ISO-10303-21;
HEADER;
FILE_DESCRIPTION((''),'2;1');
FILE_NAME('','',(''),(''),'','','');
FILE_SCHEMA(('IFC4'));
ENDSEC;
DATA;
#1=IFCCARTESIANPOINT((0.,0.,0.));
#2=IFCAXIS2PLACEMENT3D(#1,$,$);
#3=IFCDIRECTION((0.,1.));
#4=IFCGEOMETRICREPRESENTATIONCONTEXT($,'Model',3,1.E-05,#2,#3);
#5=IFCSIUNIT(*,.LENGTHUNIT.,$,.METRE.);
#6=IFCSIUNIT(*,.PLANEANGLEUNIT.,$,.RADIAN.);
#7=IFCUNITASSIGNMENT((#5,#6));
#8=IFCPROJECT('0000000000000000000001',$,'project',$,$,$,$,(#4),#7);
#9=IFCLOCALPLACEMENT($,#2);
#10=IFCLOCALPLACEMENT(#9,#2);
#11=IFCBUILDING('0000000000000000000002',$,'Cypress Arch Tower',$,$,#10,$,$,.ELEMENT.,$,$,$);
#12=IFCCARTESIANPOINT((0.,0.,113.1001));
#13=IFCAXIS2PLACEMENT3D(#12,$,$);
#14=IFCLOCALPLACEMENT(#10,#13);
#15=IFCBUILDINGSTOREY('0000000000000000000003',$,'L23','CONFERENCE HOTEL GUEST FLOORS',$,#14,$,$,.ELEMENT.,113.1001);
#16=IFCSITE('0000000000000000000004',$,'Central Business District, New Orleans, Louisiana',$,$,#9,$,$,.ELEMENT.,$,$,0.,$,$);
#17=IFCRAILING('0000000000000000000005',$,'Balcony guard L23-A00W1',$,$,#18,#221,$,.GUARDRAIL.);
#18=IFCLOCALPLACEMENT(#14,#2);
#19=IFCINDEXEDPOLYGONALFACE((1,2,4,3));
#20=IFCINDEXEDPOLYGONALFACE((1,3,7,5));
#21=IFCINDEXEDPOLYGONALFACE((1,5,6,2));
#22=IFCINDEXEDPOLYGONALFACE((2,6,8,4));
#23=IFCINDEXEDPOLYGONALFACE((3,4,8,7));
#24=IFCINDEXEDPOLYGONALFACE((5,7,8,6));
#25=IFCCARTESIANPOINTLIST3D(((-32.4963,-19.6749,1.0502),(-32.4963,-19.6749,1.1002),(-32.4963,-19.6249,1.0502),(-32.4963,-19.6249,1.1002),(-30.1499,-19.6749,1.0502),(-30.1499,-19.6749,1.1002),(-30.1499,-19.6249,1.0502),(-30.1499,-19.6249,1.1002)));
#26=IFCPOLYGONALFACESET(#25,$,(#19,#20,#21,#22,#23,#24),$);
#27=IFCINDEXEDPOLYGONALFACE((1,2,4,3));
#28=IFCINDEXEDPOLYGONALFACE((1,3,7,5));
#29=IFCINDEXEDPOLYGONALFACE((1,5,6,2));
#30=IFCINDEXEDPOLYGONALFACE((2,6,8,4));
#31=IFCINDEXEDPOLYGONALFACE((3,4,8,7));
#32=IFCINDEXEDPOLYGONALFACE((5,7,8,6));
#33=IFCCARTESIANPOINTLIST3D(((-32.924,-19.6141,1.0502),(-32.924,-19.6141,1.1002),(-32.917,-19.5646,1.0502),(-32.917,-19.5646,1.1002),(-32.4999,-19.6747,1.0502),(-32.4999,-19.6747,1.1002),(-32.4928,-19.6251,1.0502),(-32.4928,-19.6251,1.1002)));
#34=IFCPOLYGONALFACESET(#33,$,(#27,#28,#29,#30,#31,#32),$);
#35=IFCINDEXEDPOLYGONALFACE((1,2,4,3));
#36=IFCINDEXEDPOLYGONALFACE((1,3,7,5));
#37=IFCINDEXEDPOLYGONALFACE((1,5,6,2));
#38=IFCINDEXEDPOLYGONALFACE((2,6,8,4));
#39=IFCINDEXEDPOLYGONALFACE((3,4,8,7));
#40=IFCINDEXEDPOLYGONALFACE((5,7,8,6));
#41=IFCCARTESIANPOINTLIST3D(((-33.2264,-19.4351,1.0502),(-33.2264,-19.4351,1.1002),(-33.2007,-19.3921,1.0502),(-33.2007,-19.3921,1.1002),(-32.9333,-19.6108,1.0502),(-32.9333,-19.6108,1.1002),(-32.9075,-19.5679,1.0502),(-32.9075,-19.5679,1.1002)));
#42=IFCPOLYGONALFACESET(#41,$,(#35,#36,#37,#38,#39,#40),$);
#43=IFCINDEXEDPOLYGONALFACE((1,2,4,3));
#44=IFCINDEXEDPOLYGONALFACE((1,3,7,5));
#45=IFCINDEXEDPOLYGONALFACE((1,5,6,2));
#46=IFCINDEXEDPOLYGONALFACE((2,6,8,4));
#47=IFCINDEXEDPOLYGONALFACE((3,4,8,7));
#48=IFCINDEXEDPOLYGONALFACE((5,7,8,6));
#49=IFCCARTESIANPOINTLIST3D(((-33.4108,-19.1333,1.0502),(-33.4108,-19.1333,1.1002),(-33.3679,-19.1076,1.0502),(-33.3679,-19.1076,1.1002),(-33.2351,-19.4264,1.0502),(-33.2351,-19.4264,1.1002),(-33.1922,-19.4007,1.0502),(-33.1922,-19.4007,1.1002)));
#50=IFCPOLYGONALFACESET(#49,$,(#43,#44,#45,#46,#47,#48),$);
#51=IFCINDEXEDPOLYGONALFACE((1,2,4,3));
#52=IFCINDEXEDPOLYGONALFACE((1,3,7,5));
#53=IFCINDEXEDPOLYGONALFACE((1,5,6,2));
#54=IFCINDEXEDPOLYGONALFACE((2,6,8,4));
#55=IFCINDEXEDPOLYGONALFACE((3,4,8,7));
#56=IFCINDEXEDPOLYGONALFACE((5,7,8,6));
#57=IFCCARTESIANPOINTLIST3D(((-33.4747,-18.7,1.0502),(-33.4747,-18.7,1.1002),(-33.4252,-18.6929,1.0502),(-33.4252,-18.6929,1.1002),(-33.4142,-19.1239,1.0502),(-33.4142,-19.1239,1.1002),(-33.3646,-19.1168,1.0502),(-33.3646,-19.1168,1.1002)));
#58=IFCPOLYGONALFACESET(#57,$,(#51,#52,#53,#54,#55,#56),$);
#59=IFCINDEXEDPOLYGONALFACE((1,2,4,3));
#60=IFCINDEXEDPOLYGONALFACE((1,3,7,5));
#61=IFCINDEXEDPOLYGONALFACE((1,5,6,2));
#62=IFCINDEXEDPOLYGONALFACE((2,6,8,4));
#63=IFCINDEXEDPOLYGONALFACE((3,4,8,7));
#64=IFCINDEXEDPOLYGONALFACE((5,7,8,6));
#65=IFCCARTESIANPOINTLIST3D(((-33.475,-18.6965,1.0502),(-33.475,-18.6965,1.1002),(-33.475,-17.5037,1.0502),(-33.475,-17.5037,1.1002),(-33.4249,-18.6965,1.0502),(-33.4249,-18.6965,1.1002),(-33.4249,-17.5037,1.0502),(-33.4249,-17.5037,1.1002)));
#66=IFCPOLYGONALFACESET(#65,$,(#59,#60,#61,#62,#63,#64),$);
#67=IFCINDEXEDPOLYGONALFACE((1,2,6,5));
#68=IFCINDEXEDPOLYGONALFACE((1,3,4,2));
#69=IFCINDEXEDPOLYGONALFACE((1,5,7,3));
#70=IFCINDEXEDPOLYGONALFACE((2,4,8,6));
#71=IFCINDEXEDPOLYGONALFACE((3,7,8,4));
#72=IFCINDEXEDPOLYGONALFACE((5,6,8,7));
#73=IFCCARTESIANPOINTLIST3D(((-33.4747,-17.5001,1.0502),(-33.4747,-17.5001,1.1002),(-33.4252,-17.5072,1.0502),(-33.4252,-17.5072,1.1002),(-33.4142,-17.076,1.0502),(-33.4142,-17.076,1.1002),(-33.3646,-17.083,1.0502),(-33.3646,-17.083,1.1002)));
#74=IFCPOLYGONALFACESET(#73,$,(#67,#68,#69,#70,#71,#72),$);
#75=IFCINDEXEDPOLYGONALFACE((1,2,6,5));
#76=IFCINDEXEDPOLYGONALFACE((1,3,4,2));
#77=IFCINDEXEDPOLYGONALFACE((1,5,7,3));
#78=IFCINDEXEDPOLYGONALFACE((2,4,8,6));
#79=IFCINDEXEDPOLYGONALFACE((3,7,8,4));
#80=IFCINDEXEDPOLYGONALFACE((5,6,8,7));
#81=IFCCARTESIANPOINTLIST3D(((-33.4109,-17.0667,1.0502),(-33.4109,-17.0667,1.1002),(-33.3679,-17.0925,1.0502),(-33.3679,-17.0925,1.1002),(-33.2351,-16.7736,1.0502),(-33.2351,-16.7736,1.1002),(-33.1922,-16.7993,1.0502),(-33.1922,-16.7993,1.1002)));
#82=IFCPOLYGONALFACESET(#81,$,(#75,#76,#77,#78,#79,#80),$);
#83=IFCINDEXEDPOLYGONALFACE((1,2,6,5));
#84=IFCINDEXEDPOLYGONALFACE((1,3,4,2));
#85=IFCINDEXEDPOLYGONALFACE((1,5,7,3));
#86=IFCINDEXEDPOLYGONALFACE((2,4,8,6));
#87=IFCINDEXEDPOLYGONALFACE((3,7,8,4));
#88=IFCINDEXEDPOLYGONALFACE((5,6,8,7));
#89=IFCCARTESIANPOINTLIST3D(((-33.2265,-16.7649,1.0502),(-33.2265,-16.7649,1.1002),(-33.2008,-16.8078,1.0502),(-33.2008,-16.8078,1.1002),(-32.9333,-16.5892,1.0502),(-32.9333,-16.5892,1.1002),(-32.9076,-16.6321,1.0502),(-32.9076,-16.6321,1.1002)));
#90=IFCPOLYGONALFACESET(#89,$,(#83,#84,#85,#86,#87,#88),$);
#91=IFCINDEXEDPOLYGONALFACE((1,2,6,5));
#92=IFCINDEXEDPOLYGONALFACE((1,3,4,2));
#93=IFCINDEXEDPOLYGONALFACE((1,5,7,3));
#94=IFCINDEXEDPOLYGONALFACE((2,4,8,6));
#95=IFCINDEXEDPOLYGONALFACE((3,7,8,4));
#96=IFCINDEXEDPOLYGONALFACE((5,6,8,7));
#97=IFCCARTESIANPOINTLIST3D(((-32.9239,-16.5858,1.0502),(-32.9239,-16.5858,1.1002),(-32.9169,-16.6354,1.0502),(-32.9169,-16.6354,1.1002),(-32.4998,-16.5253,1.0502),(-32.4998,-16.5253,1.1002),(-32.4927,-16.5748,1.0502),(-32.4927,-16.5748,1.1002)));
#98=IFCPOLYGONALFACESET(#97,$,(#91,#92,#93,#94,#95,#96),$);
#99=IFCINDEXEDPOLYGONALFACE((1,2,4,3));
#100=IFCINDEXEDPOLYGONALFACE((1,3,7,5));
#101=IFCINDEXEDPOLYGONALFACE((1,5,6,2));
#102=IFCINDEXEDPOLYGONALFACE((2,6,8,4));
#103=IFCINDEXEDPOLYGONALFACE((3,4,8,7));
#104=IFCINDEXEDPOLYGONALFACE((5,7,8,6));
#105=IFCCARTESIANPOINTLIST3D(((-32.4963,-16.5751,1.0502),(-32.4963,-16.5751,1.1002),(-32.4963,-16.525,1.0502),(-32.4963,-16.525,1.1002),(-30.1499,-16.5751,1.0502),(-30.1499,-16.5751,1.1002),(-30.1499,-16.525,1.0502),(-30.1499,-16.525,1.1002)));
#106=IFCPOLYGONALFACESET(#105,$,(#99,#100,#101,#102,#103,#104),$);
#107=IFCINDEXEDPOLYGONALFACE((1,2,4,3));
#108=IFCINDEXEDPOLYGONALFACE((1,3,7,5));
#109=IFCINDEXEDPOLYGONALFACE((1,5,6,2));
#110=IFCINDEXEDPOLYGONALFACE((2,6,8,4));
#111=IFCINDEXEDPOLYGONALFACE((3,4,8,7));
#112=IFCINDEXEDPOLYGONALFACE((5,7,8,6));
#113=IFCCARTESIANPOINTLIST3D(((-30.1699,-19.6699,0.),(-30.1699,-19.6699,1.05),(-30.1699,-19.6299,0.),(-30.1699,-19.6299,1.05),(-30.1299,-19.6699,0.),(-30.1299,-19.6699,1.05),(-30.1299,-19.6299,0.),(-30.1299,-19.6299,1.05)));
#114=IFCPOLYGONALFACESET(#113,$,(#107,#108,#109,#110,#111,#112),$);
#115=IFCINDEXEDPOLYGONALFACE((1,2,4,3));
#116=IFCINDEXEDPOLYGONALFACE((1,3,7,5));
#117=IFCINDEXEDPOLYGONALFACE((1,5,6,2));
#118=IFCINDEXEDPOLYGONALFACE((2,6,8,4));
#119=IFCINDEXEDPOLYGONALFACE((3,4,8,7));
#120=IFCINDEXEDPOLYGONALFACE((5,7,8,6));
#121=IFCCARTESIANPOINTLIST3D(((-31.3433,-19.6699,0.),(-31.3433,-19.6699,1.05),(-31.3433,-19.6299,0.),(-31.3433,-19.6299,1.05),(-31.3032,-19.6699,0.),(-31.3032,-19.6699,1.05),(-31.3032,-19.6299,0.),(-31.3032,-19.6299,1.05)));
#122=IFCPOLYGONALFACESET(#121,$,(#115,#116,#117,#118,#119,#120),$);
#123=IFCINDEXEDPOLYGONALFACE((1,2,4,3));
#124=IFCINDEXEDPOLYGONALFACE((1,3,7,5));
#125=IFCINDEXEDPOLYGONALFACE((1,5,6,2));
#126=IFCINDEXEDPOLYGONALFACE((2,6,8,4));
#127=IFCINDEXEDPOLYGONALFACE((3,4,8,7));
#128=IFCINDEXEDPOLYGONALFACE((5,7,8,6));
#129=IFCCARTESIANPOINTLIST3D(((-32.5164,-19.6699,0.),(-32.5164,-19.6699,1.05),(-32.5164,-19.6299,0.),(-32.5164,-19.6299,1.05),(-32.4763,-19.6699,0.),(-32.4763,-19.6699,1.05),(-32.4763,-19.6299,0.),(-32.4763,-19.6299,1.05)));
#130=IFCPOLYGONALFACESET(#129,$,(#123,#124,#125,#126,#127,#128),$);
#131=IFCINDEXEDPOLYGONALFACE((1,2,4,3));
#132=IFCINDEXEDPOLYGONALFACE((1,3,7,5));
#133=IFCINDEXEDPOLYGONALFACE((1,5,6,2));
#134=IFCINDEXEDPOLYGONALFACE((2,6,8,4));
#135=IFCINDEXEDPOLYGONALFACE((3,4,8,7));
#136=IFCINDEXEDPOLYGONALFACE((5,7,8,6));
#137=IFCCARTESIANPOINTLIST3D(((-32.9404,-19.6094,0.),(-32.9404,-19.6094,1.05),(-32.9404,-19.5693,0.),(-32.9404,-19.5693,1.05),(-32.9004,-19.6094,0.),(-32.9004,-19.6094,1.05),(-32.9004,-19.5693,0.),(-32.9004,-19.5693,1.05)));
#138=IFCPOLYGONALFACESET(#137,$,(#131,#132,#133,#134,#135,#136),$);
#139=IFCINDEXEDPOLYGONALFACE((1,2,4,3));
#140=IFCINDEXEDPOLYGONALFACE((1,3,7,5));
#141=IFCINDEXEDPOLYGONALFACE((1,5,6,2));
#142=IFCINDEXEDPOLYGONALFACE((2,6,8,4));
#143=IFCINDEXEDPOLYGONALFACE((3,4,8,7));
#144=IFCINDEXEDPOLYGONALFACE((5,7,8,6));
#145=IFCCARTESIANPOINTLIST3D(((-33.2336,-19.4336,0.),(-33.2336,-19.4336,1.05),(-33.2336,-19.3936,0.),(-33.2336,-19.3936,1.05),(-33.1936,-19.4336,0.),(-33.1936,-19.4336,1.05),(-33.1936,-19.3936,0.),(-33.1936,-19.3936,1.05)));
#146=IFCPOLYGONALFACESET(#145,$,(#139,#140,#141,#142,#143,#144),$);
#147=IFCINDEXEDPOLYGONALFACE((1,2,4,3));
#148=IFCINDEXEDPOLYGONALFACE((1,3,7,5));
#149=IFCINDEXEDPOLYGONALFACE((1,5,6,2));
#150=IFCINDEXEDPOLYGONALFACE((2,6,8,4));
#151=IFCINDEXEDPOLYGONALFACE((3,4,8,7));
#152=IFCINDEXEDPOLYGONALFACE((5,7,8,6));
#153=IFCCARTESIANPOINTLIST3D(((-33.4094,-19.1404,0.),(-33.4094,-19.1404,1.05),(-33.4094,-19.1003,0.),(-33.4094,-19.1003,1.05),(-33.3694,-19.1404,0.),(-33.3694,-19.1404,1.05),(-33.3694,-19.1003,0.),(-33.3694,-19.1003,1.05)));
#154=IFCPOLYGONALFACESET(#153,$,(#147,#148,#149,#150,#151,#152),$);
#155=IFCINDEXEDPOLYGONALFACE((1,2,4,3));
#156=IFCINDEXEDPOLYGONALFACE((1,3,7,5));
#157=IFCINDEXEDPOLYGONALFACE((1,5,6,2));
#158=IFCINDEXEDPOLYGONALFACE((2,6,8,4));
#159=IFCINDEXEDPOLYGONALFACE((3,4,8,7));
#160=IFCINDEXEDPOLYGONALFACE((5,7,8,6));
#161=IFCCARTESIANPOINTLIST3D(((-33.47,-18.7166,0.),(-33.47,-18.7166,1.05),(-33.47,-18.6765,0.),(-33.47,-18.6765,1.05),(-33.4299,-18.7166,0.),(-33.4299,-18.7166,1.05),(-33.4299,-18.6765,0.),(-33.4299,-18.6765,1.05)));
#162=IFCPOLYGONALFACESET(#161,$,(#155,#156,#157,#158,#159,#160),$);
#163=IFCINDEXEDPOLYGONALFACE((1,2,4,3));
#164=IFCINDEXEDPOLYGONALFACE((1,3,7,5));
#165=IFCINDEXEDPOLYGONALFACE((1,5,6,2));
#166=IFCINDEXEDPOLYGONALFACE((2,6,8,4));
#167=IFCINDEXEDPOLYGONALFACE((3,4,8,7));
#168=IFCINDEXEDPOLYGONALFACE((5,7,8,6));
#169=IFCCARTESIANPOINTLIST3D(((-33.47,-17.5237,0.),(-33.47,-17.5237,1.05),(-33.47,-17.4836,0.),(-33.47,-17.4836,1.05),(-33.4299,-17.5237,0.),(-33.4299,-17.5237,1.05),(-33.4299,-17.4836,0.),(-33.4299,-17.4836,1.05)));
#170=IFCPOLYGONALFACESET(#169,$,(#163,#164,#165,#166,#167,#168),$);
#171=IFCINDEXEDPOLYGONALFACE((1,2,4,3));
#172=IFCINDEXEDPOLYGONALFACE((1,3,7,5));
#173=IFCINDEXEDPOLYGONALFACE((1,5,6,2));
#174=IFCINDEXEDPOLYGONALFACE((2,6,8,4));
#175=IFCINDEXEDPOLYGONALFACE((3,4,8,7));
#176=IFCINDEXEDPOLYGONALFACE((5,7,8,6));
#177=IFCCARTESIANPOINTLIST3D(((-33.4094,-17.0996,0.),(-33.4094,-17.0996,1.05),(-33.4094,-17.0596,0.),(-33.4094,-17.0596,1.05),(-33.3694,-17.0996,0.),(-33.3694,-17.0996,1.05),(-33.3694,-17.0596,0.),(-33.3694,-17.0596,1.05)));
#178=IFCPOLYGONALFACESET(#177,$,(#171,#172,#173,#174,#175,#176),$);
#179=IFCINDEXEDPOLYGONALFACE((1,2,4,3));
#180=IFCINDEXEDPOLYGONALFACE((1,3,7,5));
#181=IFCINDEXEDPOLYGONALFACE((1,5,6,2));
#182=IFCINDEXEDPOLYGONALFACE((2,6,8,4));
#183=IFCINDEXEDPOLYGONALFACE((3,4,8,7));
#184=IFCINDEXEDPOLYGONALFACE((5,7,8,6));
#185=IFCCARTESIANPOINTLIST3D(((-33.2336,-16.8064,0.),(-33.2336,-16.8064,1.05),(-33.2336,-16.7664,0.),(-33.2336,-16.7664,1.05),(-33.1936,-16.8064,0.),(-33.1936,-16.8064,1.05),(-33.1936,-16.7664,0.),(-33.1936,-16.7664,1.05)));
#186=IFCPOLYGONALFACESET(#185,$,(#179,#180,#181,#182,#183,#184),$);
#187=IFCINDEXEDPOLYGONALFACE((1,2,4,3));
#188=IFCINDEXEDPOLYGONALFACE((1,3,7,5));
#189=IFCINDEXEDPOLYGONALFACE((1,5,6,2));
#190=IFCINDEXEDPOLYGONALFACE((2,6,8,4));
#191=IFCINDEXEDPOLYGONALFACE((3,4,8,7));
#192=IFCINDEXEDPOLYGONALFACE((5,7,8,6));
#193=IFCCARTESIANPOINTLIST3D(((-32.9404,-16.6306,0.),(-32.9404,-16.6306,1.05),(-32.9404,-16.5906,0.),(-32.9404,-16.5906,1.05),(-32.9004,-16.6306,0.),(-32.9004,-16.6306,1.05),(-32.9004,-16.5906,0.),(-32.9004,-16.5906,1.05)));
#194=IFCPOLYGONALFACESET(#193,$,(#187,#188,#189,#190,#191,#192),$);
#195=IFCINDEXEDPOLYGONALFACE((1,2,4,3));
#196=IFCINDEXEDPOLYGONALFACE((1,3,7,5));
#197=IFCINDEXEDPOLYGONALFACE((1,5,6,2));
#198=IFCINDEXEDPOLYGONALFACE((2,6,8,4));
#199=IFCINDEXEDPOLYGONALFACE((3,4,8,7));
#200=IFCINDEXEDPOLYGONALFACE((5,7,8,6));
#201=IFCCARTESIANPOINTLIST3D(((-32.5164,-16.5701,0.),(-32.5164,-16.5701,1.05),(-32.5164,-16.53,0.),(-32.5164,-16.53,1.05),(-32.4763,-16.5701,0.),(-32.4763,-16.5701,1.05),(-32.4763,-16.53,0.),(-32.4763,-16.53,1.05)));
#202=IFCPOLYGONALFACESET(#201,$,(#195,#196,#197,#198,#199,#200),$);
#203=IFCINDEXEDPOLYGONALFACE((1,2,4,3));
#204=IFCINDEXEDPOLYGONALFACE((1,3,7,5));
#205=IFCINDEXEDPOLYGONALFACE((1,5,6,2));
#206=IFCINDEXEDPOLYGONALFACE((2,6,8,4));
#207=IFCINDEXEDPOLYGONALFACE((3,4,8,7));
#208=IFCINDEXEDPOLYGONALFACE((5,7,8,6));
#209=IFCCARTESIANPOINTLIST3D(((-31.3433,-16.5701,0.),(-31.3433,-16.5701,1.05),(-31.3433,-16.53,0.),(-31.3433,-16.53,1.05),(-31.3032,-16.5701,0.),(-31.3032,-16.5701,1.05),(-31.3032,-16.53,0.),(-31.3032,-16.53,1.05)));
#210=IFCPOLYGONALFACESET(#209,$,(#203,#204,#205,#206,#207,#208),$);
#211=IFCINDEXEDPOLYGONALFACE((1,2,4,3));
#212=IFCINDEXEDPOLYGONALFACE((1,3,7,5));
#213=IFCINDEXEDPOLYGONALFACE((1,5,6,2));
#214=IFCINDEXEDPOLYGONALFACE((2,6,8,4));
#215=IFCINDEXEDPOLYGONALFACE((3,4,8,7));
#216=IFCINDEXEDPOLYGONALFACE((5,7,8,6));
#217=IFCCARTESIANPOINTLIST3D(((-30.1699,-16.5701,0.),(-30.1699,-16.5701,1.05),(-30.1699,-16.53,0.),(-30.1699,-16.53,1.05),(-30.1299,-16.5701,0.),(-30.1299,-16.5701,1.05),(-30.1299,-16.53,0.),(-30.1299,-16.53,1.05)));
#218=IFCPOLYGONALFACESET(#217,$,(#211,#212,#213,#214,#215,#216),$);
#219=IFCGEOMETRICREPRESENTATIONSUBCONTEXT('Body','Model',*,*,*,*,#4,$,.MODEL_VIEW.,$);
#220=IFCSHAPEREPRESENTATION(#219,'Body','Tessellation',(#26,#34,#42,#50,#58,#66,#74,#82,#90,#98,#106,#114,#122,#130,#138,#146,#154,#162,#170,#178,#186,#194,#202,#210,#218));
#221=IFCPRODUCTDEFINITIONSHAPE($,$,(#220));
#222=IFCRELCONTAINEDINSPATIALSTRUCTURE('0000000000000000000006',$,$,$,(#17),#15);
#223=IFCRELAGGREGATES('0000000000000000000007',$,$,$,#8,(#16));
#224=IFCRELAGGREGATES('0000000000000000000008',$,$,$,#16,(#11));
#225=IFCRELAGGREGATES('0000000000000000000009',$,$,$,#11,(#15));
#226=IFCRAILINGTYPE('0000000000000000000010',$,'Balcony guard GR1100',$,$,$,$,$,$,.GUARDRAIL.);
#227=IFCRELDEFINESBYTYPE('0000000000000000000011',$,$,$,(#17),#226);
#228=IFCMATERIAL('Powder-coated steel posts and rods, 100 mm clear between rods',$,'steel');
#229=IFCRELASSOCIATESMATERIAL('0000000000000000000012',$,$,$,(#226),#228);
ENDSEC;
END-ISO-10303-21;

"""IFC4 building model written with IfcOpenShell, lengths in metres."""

from ifc_helpers import new_model, si_unit, direction, frame, origin, origin_2d, place, context, subcontext, project, spatial, rectangle, extrude, material, type_object, element, save


model = new_model("IFC4")

# Units and contexts
model_context = context("Model", 3, precision=1e-05, world=origin(), true_north=direction((0.0, 1.0)))
body_context = subcontext(model_context, "Body", "Model", "MODEL_VIEW")
ifc_project = project(units=[si_unit("LENGTHUNIT", "METRE"), si_unit("PLANEANGLEUNIT", "RADIAN")], contexts=[model_context])

# Site, building, storey
site_placement = place(None, origin())
site = spatial("IfcSite", under=ifc_project, at=site_placement, Name="Central Business District, New Orleans, Louisiana", CompositionType="ELEMENT", RefElevation=0.0)
building_placement = place(site_placement, origin())
building = spatial("IfcBuilding", under=site, at=building_placement, Name="Cypress Arch Tower", CompositionType="ELEMENT")
storey_placement = place(building_placement, frame((0.0, 0.0, 113.1001)))
storey = spatial("IfcBuildingStorey", under=building, at=storey_placement, Name="L23", Description="CONFERENCE HOTEL GUEST FLOORS", CompositionType="ELEMENT", Elevation=113.1001)

# Railing
ifc_material_1 = material(Name="Powder-coated steel posts and rods, 100 mm clear between rods", Category="steel")
railing_type = type_object("IfcRailingType", Name="Balcony guard GR1100", PredefinedType="GUARDRAIL", material=ifc_material_1)
railing_placement = place(storey_placement, frame((-30.1499, -19.6499, 0.0)))
element("IfcRailing", 1, at=railing_placement, inside=storey, type_object=railing_type, Name="Balcony guard L23-A00W1", PredefinedType="GUARDRAIL", context=body_context, shape_type="SweptSolid", body=[
    extrude(rectangle(XDim=0.05, YDim=0.05, at=origin_2d()), frame((0.0, 0.0, 1.0752), z_axis=(-1.0, 0.0, 0.0), x_axis=(0.0, -1.0, 0.0)), (0.0, 0.0, 1.0), 2.3464),
    extrude(rectangle(XDim=0.05, YDim=0.05, at=origin_2d()), frame((-2.3464, 0.0, 1.0752), z_axis=(-0.989961, 0.141342, 0.0), x_axis=(-0.141342, -0.989961, 0.0)), (0.0, 0.0, 1.0), 0.4285),
    extrude(rectangle(XDim=0.05, YDim=0.05, at=origin_2d()), frame((-2.7705, 0.0605, 1.0752), z_axis=(-0.857682, 0.514181, 0.0), x_axis=(-0.514181, -0.857682, 0.0)), (0.0, 0.0, 1.0), 0.3418),
    extrude(rectangle(XDim=0.05, YDim=0.05, at=origin_2d()), frame((-3.0637, 0.2363, 1.0752), z_axis=(-0.514181, 0.857682, 0.0), x_axis=(-0.857682, -0.514181, 0.0)), (0.0, 0.0, 1.0), 0.3418),
    extrude(rectangle(XDim=0.05, YDim=0.05, at=origin_2d()), frame((-3.2395, 0.5295, 1.0752), z_axis=(-0.141421, 0.989949, 0.0), x_axis=(-0.989949, -0.141421, 0.0)), (0.0, 0.0, 1.0), 0.4282),
    extrude(rectangle(XDim=0.05, YDim=0.05, at=origin_2d()), frame((-3.3, 0.9534, 1.0752), z_axis=(0.0, 1.0, 0.0), x_axis=(-1.0, 0.0, 0.0)), (0.0, 0.0, 1.0), 1.1929),
    extrude(rectangle(XDim=0.05, YDim=0.05, at=origin_2d()), frame((-3.3, 2.1462, 1.0752), z_axis=(0.141342, 0.989961, 0.0), x_axis=(-0.989961, 0.141342, 0.0)), (0.0, 0.0, 1.0), 0.4285),
    extrude(rectangle(XDim=0.05, YDim=0.05, at=origin_2d()), frame((-3.2395, 2.5703, 1.0752), z_axis=(0.514181, 0.857682, 0.0), x_axis=(-0.857682, 0.514181, 0.0)), (0.0, 0.0, 1.0), 0.3418),
    extrude(rectangle(XDim=0.05, YDim=0.05, at=origin_2d()), frame((-3.0637, 2.8635, 1.0752), z_axis=(0.857682, 0.514181, 0.0), x_axis=(-0.514181, 0.857682, 0.0)), (0.0, 0.0, 1.0), 0.3418),
    extrude(rectangle(XDim=0.05, YDim=0.05, at=origin_2d()), frame((-2.7705, 3.0393, 1.0752), z_axis=(0.989961, 0.141342, 0.0), x_axis=(-0.141342, 0.989961, 0.0)), (0.0, 0.0, 1.0), 0.4285),
    extrude(rectangle(XDim=0.05, YDim=0.05, at=origin_2d()), frame((-2.3464, 3.0999, 1.0752), z_axis=(1.0, 0.0, 0.0), x_axis=(0.0, 1.0, 0.0)), (0.0, 0.0, 1.0), 2.3464),
    extrude(rectangle(XDim=0.04, YDim=0.04, at=origin_2d()), origin(), (0.0, 0.0, 1.0), 1.05),
    extrude(rectangle(XDim=0.04, YDim=0.04, at=origin_2d()), frame((-1.1733, 0.0, 0.0)), (0.0, 0.0, 1.0), 1.05),
    extrude(rectangle(XDim=0.04, YDim=0.04, at=origin_2d()), frame((-2.3464, 0.0, 0.0)), (0.0, 0.0, 1.0), 1.05),
    extrude(rectangle(XDim=0.04, YDim=0.04, at=origin_2d()), frame((-2.7705, 0.0605, 0.0)), (0.0, 0.0, 1.0), 1.05),
    extrude(rectangle(XDim=0.04, YDim=0.04, at=origin_2d()), frame((-3.0637, 0.2363, 0.0)), (0.0, 0.0, 1.0), 1.05),
    extrude(rectangle(XDim=0.04, YDim=0.04, at=origin_2d()), frame((-3.2395, 0.5295, 0.0)), (0.0, 0.0, 1.0), 1.05),
    extrude(rectangle(XDim=0.04, YDim=0.04, at=origin_2d()), frame((-3.3, 0.9534, 0.0)), (0.0, 0.0, 1.0), 1.05),
    extrude(rectangle(XDim=0.04, YDim=0.04, at=origin_2d()), frame((-3.3, 2.1462, 0.0)), (0.0, 0.0, 1.0), 1.05),
    extrude(rectangle(XDim=0.04, YDim=0.04, at=origin_2d()), frame((-3.2395, 2.5703, 0.0)), (0.0, 0.0, 1.0), 1.05),
    extrude(rectangle(XDim=0.04, YDim=0.04, at=origin_2d()), frame((-3.0637, 2.8635, 0.0)), (0.0, 0.0, 1.0), 1.05),
    extrude(rectangle(XDim=0.04, YDim=0.04, at=origin_2d()), frame((-2.7705, 3.0393, 0.0)), (0.0, 0.0, 1.0), 1.05),
    extrude(rectangle(XDim=0.04, YDim=0.04, at=origin_2d()), frame((-2.3464, 3.0999, 0.0)), (0.0, 0.0, 1.0), 1.05),
    extrude(rectangle(XDim=0.04, YDim=0.04, at=origin_2d()), frame((-1.1733, 3.0999, 0.0)), (0.0, 0.0, 1.0), 1.05),
    extrude(rectangle(XDim=0.04, YDim=0.04, at=origin_2d()), frame((0.0, 3.0999, 0.0)), (0.0, 0.0, 1.0), 1.05),
])

save(model, "model.ifc")
